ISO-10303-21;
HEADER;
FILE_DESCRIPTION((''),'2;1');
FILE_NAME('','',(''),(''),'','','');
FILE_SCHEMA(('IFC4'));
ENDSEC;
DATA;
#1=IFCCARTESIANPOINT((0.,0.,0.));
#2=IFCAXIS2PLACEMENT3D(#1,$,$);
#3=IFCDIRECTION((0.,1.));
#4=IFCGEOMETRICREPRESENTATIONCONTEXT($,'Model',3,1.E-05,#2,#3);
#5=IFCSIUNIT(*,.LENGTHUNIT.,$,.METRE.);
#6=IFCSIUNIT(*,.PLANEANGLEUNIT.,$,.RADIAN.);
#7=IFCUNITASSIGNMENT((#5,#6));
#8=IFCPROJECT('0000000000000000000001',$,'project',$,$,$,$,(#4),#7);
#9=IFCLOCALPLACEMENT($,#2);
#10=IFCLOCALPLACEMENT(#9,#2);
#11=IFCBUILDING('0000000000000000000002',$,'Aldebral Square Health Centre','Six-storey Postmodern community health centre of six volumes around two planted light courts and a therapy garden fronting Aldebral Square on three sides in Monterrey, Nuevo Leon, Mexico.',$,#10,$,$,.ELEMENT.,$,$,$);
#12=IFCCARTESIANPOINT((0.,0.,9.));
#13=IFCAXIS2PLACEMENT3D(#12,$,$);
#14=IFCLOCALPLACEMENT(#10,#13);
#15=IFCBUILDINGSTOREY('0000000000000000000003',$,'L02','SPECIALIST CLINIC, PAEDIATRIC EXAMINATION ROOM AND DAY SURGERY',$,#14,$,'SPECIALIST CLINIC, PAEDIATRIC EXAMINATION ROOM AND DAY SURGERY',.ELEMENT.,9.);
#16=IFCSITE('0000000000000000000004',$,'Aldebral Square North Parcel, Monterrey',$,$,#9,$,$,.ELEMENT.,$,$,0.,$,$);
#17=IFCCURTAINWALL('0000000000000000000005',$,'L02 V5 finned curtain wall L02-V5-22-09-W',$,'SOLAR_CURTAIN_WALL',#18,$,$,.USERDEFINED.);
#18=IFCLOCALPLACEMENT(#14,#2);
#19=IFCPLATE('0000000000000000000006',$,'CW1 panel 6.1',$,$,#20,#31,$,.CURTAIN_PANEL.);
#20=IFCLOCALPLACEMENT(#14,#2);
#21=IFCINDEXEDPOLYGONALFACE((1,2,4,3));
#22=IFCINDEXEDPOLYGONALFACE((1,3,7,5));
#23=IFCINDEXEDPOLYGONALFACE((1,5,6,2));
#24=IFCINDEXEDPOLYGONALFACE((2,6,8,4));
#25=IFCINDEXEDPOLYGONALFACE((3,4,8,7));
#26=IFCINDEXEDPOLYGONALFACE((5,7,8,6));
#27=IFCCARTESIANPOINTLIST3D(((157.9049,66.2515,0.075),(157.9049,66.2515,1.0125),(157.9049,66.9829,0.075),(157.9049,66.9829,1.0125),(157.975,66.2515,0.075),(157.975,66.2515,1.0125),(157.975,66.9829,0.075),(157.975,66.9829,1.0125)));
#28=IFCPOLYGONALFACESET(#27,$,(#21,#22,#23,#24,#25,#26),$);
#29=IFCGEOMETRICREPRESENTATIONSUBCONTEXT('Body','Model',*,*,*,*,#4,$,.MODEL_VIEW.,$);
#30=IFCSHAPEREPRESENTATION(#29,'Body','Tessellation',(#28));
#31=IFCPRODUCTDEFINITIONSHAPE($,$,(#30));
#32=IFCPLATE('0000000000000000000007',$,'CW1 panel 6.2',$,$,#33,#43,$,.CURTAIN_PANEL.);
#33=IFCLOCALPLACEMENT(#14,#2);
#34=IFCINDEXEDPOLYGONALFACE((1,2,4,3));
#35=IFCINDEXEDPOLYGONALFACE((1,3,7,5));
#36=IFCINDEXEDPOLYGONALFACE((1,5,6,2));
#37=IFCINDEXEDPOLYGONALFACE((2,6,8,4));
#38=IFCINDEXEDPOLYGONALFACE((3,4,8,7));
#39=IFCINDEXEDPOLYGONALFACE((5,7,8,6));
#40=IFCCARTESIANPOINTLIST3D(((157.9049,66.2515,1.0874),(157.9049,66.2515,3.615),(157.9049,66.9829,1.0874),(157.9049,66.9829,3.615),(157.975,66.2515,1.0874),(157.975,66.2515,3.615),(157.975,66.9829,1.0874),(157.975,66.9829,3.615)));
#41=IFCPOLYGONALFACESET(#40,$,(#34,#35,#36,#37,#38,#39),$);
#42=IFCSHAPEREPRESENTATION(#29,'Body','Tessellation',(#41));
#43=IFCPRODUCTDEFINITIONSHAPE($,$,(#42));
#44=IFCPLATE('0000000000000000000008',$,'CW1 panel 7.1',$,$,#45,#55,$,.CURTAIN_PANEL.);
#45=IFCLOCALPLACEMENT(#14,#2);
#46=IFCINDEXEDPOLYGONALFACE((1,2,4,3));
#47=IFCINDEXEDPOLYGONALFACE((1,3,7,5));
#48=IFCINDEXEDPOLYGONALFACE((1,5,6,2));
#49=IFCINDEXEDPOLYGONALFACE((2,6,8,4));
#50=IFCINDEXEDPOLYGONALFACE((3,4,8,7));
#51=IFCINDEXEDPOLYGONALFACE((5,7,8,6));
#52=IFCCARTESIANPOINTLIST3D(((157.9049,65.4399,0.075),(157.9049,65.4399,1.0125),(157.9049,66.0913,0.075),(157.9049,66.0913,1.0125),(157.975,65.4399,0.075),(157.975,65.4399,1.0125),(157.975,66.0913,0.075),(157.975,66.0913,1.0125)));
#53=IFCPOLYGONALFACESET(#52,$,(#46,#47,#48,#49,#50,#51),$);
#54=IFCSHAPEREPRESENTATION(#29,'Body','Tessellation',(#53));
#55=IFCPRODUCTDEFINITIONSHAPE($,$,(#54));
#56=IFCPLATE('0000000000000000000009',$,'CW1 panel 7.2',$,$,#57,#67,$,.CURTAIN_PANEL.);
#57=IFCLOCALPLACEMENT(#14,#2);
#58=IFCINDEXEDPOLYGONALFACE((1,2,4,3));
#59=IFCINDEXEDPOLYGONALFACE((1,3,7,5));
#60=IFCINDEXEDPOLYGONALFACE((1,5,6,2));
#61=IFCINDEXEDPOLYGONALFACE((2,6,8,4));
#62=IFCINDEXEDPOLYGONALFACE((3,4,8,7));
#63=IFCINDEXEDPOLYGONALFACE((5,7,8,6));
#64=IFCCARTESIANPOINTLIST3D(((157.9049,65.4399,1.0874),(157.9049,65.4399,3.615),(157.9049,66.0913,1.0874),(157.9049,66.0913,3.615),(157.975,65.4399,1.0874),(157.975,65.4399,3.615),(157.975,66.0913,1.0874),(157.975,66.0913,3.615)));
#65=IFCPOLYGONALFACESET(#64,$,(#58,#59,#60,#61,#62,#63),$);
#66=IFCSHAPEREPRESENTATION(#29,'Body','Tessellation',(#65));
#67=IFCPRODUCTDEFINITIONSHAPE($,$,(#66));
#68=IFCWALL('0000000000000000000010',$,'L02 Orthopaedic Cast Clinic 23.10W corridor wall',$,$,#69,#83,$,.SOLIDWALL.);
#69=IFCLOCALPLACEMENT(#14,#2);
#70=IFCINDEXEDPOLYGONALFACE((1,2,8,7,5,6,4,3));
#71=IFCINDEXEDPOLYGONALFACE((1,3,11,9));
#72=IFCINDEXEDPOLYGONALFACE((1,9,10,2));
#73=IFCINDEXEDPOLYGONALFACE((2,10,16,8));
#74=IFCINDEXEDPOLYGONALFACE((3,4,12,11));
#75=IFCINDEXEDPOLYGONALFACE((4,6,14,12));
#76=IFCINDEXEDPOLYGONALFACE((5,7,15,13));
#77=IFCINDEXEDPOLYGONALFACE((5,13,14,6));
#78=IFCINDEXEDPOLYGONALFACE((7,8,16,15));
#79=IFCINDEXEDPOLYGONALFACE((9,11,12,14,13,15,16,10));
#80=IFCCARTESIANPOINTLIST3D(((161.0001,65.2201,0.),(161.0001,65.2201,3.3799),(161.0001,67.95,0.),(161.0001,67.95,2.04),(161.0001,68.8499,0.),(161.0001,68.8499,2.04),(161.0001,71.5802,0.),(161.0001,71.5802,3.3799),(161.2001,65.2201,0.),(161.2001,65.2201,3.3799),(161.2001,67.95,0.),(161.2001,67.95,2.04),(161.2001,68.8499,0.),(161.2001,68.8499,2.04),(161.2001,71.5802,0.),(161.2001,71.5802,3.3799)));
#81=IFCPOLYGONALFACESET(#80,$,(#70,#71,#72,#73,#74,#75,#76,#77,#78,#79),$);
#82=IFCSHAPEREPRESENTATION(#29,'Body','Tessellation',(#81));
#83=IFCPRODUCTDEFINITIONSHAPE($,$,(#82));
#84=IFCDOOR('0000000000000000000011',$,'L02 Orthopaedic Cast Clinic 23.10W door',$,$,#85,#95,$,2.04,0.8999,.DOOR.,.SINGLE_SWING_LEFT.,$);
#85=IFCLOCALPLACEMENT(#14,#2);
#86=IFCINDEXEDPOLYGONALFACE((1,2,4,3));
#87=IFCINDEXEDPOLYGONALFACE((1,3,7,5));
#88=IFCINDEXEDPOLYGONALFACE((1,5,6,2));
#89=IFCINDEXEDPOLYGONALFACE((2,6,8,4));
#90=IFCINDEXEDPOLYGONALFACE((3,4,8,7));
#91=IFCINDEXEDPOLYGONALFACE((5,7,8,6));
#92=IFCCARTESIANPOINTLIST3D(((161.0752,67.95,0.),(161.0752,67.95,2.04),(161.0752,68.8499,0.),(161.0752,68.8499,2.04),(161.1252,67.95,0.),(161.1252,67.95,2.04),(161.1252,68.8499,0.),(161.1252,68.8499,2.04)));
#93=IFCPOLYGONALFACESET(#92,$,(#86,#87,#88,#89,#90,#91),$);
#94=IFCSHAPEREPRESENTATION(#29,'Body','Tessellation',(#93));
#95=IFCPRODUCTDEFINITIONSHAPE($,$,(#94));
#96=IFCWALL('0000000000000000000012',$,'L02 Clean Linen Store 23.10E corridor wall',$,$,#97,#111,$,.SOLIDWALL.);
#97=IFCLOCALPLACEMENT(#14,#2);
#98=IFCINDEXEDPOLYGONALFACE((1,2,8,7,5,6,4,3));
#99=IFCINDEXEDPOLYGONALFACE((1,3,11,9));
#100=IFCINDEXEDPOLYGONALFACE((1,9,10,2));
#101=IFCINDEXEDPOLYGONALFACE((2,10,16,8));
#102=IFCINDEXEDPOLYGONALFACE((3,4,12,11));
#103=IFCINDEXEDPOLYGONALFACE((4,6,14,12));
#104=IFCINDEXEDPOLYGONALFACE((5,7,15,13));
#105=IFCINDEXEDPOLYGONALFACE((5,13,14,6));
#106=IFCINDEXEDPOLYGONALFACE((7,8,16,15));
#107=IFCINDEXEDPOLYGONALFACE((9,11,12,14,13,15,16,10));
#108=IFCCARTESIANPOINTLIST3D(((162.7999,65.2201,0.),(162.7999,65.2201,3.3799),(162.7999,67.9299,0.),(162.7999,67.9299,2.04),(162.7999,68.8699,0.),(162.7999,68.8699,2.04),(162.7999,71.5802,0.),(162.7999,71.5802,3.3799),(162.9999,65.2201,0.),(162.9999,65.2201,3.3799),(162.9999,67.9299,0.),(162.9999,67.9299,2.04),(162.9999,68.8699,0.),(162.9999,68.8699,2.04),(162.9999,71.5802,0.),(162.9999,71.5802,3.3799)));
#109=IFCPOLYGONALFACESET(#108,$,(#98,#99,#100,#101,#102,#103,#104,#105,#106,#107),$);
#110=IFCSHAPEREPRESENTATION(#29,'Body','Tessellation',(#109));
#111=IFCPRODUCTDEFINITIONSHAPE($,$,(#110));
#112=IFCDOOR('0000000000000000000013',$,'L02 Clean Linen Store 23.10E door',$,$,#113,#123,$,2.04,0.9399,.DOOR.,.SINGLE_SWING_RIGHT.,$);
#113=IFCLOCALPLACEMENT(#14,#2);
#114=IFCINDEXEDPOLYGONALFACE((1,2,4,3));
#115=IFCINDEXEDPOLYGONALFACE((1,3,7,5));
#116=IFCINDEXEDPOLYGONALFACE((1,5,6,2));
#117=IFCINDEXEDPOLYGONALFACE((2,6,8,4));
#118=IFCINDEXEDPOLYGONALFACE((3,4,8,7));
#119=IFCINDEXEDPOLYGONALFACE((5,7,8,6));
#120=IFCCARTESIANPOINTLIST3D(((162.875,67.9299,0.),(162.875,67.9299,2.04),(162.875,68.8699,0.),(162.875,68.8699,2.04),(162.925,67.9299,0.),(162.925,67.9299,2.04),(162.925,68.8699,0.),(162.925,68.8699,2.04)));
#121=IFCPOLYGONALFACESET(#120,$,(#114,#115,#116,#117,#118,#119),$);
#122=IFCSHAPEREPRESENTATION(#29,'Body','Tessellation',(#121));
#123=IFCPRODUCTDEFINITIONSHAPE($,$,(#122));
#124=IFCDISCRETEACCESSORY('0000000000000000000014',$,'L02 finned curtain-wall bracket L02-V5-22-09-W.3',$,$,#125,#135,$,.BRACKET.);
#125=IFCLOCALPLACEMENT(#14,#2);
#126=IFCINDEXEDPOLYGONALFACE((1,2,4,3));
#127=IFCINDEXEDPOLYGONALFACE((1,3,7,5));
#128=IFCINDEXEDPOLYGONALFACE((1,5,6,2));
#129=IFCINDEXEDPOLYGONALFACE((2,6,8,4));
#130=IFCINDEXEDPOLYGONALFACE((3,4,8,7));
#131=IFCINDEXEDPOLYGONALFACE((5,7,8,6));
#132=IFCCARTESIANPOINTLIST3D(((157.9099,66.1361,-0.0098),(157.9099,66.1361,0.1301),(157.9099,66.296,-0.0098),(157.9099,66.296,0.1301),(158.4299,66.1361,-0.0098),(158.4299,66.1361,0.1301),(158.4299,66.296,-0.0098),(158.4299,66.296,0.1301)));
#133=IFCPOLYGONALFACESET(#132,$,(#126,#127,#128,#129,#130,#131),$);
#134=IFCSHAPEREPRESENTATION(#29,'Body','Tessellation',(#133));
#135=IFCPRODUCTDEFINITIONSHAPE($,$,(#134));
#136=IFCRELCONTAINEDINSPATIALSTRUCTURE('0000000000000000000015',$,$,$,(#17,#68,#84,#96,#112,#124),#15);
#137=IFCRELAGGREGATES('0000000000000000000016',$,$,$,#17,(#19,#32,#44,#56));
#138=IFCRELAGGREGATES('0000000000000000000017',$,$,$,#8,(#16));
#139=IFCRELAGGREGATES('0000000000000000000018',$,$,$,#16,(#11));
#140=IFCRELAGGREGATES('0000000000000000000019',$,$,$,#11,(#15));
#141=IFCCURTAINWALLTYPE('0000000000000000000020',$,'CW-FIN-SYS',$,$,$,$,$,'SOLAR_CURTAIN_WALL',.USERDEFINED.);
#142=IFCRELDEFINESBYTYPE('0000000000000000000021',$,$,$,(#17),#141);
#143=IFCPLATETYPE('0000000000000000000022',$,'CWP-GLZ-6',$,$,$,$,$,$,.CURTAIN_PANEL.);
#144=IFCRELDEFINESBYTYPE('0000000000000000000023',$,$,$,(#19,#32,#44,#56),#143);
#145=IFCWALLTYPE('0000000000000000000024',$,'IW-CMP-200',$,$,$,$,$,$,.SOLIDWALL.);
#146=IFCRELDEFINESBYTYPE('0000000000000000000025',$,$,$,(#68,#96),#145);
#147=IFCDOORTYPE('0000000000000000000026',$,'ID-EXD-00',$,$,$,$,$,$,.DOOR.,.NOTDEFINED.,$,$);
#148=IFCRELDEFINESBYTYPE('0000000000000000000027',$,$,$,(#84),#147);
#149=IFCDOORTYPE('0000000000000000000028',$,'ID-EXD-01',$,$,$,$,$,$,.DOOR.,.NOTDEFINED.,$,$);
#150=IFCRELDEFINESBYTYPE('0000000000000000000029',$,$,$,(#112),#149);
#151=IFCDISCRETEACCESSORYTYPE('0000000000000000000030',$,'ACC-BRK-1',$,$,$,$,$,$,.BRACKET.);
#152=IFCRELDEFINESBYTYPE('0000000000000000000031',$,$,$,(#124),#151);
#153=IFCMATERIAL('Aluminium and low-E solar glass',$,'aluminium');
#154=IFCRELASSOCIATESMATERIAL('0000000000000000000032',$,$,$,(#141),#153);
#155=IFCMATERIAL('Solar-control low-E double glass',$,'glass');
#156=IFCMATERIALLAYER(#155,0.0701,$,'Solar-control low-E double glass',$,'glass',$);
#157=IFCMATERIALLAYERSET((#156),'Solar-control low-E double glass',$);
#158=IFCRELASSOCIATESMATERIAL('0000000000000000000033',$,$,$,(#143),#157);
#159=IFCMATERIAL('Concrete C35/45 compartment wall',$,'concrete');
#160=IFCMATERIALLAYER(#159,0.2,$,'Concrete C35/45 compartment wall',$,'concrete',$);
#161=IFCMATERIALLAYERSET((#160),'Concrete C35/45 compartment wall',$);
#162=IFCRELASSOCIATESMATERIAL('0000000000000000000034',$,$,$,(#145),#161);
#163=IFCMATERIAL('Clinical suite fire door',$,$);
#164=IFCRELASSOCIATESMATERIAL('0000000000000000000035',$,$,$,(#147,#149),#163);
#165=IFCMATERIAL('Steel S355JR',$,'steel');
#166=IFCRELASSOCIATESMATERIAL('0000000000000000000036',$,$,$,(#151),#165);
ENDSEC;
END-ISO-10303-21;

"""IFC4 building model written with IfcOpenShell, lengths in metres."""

from ifc_helpers import new_model, si_unit, direction, frame, frame_2d, origin, origin_2d, place, context, subcontext, project, spatial, rectangle, extrude, material, layer, layer_set, type_object, element, fill, aggregate, save


model = new_model("IFC4")

# Units and contexts
model_context = context("Model", 3, precision=1e-05, world=origin(), true_north=direction((0.0, 1.0)))
body_context = subcontext(model_context, "Body", "Model", "MODEL_VIEW")
ifc_project = project(units=[si_unit("LENGTHUNIT", "METRE"), si_unit("PLANEANGLEUNIT", "RADIAN")], contexts=[model_context])

# Site, building, storey
site_placement = place(None, origin())
site = spatial("IfcSite", under=ifc_project, at=site_placement, Name="Aldebral Square North Parcel, Monterrey", CompositionType="ELEMENT", RefElevation=0.0)
building_placement = place(site_placement, origin())
building = spatial("IfcBuilding", under=site, at=building_placement, Name="Aldebral Square Health Centre", Description="Six-storey Postmodern community health centre of six volumes around two planted light courts and a therapy garden fronting Aldebral Square on three sides in Monterrey, Nuevo Leon, Mexico.", CompositionType="ELEMENT")
storey_placement = place(building_placement, frame((0.0, 0.0, 9.0)))
storey = spatial("IfcBuildingStorey", under=building, at=storey_placement, Name="L02", Description="SPECIALIST CLINIC, PAEDIATRIC EXAMINATION ROOM AND DAY SURGERY", LongName="SPECIALIST CLINIC, PAEDIATRIC EXAMINATION ROOM AND DAY SURGERY", CompositionType="ELEMENT", Elevation=9.0)

# Curtain wall, plates
ifc_material_1 = material(Name="Aluminium and low-E solar glass", Category="aluminium")
curtain_wall_type = type_object("IfcCurtainWallType", Name="CW-FIN-SYS", ElementType="SOLAR_CURTAIN_WALL", PredefinedType="USERDEFINED", material=ifc_material_1)
curtain_wall_placement = place(storey_placement, origin())
curtain_wall = element("IfcCurtainWall", 1, at=curtain_wall_placement, inside=storey, type_object=curtain_wall_type, Name="L02 V5 finned curtain wall L02-V5-22-09-W", ObjectType="SOLAR_CURTAIN_WALL", PredefinedType="USERDEFINED")
ifc_material_2 = material(Name="Solar-control low-E double glass", Category="glass")
ifc_layer_1 = layer(ifc_material_2, 0.0701, Name="Solar-control low-E double glass", Category="glass")
ifc_layer_set_1 = layer_set([ifc_layer_1], Name="Solar-control low-E double glass")
plate_type = type_object("IfcPlateType", Name="CWP-GLZ-6", PredefinedType="CURTAIN_PANEL", material=ifc_layer_set_1)
plate_1_placement = place(storey_placement, frame((157.9399, 66.6172, 0.075), z_axis=(0.0, 0.0, 1.0), x_axis=(0.0, -1.0, 0.0)))
plate_1 = element("IfcPlate", 2, at=plate_1_placement, type_object=plate_type, Name="CW1 panel 6.1", PredefinedType="CURTAIN_PANEL", context=body_context, shape_type="SweptSolid", body=[
    extrude(rectangle(XDim=0.7314, YDim=0.0701, at=origin_2d()), origin(), (0.0, 0.0, 1.0), 0.9375),
])
plate_2_placement = place(storey_placement, frame((157.9399, 66.6172, 1.0874), z_axis=(0.0, 0.0, 1.0), x_axis=(0.0, -1.0, 0.0)))
plate_2 = element("IfcPlate", 3, at=plate_2_placement, type_object=plate_type, Name="CW1 panel 6.2", PredefinedType="CURTAIN_PANEL", context=body_context, shape_type="SweptSolid", body=[
    extrude(rectangle(XDim=0.7314, YDim=0.0701, at=origin_2d()), origin(), (0.0, 0.0, 1.0), 2.5276),
])
plate_3_placement = place(storey_placement, frame((157.9399, 65.7656, 0.075), z_axis=(0.0, 0.0, 1.0), x_axis=(0.0, -1.0, 0.0)))
plate_3 = element("IfcPlate", 4, at=plate_3_placement, type_object=plate_type, Name="CW1 panel 7.1", PredefinedType="CURTAIN_PANEL", context=body_context, shape_type="SweptSolid", body=[
    extrude(rectangle(XDim=0.6514, YDim=0.0701, at=origin_2d()), origin(), (0.0, 0.0, 1.0), 0.9375),
])
plate_4_placement = place(storey_placement, frame((157.9399, 65.7656, 1.0874), z_axis=(0.0, 0.0, 1.0), x_axis=(0.0, -1.0, 0.0)))
plate_4 = element("IfcPlate", 5, at=plate_4_placement, type_object=plate_type, Name="CW1 panel 7.2", PredefinedType="CURTAIN_PANEL", context=body_context, shape_type="SweptSolid", body=[
    extrude(rectangle(XDim=0.6514, YDim=0.0701, at=origin_2d()), origin(), (0.0, 0.0, 1.0), 2.5276),
])
aggregate(curtain_wall, [plate_1, plate_2, plate_3, plate_4])

# Walls, openings, doors
ifc_material_3 = material(Name="Concrete C35/45 compartment wall", Category="concrete")
ifc_layer_2 = layer(ifc_material_3, 0.2, Name="Concrete C35/45 compartment wall", Category="concrete")
ifc_layer_set_2 = layer_set([ifc_layer_2], Name="Concrete C35/45 compartment wall")
wall_type = type_object("IfcWallType", Name="IW-CMP-200", PredefinedType="SOLIDWALL", material=ifc_layer_set_2)
wall_1_placement = place(storey_placement, frame((161.1001, 65.22, 0.0), z_axis=(0.0, 0.0, 1.0), x_axis=(0.0, 1.0, 0.0)))
wall_1 = element("IfcWall", 6, at=wall_1_placement, inside=storey, type_object=wall_type, Name="L02 Orthopaedic Cast Clinic 23.10W corridor wall", PredefinedType="SOLIDWALL", context=body_context, shape_type="SweptSolid", body=[
    extrude(rectangle(XDim=6.3601, YDim=0.2, at=frame_2d((3.1802, 0.0))), origin(), (0.0, 0.0, 1.0), 3.3799),
])
opening_1_placement = place(wall_1_placement, frame((2.73, 0.0, 0.0)))
opening_1 = element("IfcOpeningElement", 7, at=opening_1_placement, cuts=wall_1, PredefinedType="OPENING", context=body_context, shape_type="SweptSolid", body=[
    extrude(rectangle(XDim=0.8999, YDim=2.04, at=frame_2d((0.45, 1.02))), frame((0.0, 0.1099, 0.0), z_axis=(0.0, -1.0, 0.0), x_axis=(1.0, 0.0, 0.0)), (0.0, 0.0, 1.0), 0.22),
])
ifc_material_4 = material(Name="Clinical suite fire door")
door_type_1 = type_object("IfcDoorType", Name="ID-EXD-00", OperationType="NOTDEFINED", PredefinedType="DOOR", material=ifc_material_4)
door_1_placement = place(opening_1_placement, origin())
door_1 = element("IfcDoor", 8, at=door_1_placement, inside=storey, type_object=door_type_1, Name="L02 Orthopaedic Cast Clinic 23.10W door", OperationType="SINGLE_SWING_LEFT", OverallHeight=2.04, OverallWidth=0.8999, PredefinedType="DOOR", context=body_context, shape_type="SweptSolid", body=[
    extrude(rectangle(XDim=0.8999, YDim=2.04, at=frame_2d((0.45, 1.02))), frame((0.0, 0.0249, 0.0), z_axis=(0.0, -1.0, 0.0), x_axis=(1.0, 0.0, 0.0)), (0.0, 0.0, 1.0), 0.05),
])
fill(opening_1, door_1)
wall_2_placement = place(storey_placement, frame((162.8999, 65.22, 0.0), z_axis=(0.0, 0.0, 1.0), x_axis=(0.0, 1.0, 0.0)))
wall_2 = element("IfcWall", 9, at=wall_2_placement, inside=storey, type_object=wall_type, Name="L02 Clean Linen Store 23.10E corridor wall", PredefinedType="SOLIDWALL", context=body_context, shape_type="SweptSolid", body=[
    extrude(rectangle(XDim=6.3601, YDim=0.2, at=frame_2d((3.1802, 0.0))), origin(), (0.0, 0.0, 1.0), 3.3799),
])
opening_2_placement = place(wall_2_placement, frame((2.71, 0.0, 0.0)))
opening_2 = element("IfcOpeningElement", 10, at=opening_2_placement, cuts=wall_2, PredefinedType="OPENING", context=body_context, shape_type="SweptSolid", body=[
    extrude(rectangle(XDim=0.9399, YDim=2.04, at=frame_2d((0.47, 1.02))), frame((0.0, 0.1099, 0.0), z_axis=(0.0, -1.0, 0.0), x_axis=(1.0, 0.0, 0.0)), (0.0, 0.0, 1.0), 0.22),
])
door_type_2 = type_object("IfcDoorType", Name="ID-EXD-01", OperationType="NOTDEFINED", PredefinedType="DOOR", material=ifc_material_4)
door_2_placement = place(opening_2_placement, origin())
door_2 = element("IfcDoor", 11, at=door_2_placement, inside=storey, type_object=door_type_2, Name="L02 Clean Linen Store 23.10E door", OperationType="SINGLE_SWING_RIGHT", OverallHeight=2.04, OverallWidth=0.9399, PredefinedType="DOOR", context=body_context, shape_type="SweptSolid", body=[
    extrude(rectangle(XDim=0.9399, YDim=2.04, at=frame_2d((0.47, 1.02))), frame((0.0, 0.0249, 0.0), z_axis=(0.0, -1.0, 0.0), x_axis=(1.0, 0.0, 0.0)), (0.0, 0.0, 1.0), 0.05),
])
fill(opening_2, door_2)

# Discrete accessory
ifc_material_5 = material(Name="Steel S355JR", Category="steel")
discrete_accessory_type = type_object("IfcDiscreteAccessoryType", Name="ACC-BRK-1", PredefinedType="BRACKET", material=ifc_material_5)
discrete_accessory_placement = place(storey_placement, frame((158.1699, 66.2161, -0.0098), z_axis=(0.0, 0.0, 1.0), x_axis=(0.0, 1.0, 0.0)))
element("IfcDiscreteAccessory", 12, at=discrete_accessory_placement, inside=storey, type_object=discrete_accessory_type, Name="L02 finned curtain-wall bracket L02-V5-22-09-W.3", PredefinedType="BRACKET", context=body_context, shape_type="SweptSolid", body=[
    extrude(rectangle(XDim=0.1599, YDim=0.52, at=origin_2d()), origin(), (0.0, 0.0, 1.0), 0.1399),
])

save(model, "model.ifc")
